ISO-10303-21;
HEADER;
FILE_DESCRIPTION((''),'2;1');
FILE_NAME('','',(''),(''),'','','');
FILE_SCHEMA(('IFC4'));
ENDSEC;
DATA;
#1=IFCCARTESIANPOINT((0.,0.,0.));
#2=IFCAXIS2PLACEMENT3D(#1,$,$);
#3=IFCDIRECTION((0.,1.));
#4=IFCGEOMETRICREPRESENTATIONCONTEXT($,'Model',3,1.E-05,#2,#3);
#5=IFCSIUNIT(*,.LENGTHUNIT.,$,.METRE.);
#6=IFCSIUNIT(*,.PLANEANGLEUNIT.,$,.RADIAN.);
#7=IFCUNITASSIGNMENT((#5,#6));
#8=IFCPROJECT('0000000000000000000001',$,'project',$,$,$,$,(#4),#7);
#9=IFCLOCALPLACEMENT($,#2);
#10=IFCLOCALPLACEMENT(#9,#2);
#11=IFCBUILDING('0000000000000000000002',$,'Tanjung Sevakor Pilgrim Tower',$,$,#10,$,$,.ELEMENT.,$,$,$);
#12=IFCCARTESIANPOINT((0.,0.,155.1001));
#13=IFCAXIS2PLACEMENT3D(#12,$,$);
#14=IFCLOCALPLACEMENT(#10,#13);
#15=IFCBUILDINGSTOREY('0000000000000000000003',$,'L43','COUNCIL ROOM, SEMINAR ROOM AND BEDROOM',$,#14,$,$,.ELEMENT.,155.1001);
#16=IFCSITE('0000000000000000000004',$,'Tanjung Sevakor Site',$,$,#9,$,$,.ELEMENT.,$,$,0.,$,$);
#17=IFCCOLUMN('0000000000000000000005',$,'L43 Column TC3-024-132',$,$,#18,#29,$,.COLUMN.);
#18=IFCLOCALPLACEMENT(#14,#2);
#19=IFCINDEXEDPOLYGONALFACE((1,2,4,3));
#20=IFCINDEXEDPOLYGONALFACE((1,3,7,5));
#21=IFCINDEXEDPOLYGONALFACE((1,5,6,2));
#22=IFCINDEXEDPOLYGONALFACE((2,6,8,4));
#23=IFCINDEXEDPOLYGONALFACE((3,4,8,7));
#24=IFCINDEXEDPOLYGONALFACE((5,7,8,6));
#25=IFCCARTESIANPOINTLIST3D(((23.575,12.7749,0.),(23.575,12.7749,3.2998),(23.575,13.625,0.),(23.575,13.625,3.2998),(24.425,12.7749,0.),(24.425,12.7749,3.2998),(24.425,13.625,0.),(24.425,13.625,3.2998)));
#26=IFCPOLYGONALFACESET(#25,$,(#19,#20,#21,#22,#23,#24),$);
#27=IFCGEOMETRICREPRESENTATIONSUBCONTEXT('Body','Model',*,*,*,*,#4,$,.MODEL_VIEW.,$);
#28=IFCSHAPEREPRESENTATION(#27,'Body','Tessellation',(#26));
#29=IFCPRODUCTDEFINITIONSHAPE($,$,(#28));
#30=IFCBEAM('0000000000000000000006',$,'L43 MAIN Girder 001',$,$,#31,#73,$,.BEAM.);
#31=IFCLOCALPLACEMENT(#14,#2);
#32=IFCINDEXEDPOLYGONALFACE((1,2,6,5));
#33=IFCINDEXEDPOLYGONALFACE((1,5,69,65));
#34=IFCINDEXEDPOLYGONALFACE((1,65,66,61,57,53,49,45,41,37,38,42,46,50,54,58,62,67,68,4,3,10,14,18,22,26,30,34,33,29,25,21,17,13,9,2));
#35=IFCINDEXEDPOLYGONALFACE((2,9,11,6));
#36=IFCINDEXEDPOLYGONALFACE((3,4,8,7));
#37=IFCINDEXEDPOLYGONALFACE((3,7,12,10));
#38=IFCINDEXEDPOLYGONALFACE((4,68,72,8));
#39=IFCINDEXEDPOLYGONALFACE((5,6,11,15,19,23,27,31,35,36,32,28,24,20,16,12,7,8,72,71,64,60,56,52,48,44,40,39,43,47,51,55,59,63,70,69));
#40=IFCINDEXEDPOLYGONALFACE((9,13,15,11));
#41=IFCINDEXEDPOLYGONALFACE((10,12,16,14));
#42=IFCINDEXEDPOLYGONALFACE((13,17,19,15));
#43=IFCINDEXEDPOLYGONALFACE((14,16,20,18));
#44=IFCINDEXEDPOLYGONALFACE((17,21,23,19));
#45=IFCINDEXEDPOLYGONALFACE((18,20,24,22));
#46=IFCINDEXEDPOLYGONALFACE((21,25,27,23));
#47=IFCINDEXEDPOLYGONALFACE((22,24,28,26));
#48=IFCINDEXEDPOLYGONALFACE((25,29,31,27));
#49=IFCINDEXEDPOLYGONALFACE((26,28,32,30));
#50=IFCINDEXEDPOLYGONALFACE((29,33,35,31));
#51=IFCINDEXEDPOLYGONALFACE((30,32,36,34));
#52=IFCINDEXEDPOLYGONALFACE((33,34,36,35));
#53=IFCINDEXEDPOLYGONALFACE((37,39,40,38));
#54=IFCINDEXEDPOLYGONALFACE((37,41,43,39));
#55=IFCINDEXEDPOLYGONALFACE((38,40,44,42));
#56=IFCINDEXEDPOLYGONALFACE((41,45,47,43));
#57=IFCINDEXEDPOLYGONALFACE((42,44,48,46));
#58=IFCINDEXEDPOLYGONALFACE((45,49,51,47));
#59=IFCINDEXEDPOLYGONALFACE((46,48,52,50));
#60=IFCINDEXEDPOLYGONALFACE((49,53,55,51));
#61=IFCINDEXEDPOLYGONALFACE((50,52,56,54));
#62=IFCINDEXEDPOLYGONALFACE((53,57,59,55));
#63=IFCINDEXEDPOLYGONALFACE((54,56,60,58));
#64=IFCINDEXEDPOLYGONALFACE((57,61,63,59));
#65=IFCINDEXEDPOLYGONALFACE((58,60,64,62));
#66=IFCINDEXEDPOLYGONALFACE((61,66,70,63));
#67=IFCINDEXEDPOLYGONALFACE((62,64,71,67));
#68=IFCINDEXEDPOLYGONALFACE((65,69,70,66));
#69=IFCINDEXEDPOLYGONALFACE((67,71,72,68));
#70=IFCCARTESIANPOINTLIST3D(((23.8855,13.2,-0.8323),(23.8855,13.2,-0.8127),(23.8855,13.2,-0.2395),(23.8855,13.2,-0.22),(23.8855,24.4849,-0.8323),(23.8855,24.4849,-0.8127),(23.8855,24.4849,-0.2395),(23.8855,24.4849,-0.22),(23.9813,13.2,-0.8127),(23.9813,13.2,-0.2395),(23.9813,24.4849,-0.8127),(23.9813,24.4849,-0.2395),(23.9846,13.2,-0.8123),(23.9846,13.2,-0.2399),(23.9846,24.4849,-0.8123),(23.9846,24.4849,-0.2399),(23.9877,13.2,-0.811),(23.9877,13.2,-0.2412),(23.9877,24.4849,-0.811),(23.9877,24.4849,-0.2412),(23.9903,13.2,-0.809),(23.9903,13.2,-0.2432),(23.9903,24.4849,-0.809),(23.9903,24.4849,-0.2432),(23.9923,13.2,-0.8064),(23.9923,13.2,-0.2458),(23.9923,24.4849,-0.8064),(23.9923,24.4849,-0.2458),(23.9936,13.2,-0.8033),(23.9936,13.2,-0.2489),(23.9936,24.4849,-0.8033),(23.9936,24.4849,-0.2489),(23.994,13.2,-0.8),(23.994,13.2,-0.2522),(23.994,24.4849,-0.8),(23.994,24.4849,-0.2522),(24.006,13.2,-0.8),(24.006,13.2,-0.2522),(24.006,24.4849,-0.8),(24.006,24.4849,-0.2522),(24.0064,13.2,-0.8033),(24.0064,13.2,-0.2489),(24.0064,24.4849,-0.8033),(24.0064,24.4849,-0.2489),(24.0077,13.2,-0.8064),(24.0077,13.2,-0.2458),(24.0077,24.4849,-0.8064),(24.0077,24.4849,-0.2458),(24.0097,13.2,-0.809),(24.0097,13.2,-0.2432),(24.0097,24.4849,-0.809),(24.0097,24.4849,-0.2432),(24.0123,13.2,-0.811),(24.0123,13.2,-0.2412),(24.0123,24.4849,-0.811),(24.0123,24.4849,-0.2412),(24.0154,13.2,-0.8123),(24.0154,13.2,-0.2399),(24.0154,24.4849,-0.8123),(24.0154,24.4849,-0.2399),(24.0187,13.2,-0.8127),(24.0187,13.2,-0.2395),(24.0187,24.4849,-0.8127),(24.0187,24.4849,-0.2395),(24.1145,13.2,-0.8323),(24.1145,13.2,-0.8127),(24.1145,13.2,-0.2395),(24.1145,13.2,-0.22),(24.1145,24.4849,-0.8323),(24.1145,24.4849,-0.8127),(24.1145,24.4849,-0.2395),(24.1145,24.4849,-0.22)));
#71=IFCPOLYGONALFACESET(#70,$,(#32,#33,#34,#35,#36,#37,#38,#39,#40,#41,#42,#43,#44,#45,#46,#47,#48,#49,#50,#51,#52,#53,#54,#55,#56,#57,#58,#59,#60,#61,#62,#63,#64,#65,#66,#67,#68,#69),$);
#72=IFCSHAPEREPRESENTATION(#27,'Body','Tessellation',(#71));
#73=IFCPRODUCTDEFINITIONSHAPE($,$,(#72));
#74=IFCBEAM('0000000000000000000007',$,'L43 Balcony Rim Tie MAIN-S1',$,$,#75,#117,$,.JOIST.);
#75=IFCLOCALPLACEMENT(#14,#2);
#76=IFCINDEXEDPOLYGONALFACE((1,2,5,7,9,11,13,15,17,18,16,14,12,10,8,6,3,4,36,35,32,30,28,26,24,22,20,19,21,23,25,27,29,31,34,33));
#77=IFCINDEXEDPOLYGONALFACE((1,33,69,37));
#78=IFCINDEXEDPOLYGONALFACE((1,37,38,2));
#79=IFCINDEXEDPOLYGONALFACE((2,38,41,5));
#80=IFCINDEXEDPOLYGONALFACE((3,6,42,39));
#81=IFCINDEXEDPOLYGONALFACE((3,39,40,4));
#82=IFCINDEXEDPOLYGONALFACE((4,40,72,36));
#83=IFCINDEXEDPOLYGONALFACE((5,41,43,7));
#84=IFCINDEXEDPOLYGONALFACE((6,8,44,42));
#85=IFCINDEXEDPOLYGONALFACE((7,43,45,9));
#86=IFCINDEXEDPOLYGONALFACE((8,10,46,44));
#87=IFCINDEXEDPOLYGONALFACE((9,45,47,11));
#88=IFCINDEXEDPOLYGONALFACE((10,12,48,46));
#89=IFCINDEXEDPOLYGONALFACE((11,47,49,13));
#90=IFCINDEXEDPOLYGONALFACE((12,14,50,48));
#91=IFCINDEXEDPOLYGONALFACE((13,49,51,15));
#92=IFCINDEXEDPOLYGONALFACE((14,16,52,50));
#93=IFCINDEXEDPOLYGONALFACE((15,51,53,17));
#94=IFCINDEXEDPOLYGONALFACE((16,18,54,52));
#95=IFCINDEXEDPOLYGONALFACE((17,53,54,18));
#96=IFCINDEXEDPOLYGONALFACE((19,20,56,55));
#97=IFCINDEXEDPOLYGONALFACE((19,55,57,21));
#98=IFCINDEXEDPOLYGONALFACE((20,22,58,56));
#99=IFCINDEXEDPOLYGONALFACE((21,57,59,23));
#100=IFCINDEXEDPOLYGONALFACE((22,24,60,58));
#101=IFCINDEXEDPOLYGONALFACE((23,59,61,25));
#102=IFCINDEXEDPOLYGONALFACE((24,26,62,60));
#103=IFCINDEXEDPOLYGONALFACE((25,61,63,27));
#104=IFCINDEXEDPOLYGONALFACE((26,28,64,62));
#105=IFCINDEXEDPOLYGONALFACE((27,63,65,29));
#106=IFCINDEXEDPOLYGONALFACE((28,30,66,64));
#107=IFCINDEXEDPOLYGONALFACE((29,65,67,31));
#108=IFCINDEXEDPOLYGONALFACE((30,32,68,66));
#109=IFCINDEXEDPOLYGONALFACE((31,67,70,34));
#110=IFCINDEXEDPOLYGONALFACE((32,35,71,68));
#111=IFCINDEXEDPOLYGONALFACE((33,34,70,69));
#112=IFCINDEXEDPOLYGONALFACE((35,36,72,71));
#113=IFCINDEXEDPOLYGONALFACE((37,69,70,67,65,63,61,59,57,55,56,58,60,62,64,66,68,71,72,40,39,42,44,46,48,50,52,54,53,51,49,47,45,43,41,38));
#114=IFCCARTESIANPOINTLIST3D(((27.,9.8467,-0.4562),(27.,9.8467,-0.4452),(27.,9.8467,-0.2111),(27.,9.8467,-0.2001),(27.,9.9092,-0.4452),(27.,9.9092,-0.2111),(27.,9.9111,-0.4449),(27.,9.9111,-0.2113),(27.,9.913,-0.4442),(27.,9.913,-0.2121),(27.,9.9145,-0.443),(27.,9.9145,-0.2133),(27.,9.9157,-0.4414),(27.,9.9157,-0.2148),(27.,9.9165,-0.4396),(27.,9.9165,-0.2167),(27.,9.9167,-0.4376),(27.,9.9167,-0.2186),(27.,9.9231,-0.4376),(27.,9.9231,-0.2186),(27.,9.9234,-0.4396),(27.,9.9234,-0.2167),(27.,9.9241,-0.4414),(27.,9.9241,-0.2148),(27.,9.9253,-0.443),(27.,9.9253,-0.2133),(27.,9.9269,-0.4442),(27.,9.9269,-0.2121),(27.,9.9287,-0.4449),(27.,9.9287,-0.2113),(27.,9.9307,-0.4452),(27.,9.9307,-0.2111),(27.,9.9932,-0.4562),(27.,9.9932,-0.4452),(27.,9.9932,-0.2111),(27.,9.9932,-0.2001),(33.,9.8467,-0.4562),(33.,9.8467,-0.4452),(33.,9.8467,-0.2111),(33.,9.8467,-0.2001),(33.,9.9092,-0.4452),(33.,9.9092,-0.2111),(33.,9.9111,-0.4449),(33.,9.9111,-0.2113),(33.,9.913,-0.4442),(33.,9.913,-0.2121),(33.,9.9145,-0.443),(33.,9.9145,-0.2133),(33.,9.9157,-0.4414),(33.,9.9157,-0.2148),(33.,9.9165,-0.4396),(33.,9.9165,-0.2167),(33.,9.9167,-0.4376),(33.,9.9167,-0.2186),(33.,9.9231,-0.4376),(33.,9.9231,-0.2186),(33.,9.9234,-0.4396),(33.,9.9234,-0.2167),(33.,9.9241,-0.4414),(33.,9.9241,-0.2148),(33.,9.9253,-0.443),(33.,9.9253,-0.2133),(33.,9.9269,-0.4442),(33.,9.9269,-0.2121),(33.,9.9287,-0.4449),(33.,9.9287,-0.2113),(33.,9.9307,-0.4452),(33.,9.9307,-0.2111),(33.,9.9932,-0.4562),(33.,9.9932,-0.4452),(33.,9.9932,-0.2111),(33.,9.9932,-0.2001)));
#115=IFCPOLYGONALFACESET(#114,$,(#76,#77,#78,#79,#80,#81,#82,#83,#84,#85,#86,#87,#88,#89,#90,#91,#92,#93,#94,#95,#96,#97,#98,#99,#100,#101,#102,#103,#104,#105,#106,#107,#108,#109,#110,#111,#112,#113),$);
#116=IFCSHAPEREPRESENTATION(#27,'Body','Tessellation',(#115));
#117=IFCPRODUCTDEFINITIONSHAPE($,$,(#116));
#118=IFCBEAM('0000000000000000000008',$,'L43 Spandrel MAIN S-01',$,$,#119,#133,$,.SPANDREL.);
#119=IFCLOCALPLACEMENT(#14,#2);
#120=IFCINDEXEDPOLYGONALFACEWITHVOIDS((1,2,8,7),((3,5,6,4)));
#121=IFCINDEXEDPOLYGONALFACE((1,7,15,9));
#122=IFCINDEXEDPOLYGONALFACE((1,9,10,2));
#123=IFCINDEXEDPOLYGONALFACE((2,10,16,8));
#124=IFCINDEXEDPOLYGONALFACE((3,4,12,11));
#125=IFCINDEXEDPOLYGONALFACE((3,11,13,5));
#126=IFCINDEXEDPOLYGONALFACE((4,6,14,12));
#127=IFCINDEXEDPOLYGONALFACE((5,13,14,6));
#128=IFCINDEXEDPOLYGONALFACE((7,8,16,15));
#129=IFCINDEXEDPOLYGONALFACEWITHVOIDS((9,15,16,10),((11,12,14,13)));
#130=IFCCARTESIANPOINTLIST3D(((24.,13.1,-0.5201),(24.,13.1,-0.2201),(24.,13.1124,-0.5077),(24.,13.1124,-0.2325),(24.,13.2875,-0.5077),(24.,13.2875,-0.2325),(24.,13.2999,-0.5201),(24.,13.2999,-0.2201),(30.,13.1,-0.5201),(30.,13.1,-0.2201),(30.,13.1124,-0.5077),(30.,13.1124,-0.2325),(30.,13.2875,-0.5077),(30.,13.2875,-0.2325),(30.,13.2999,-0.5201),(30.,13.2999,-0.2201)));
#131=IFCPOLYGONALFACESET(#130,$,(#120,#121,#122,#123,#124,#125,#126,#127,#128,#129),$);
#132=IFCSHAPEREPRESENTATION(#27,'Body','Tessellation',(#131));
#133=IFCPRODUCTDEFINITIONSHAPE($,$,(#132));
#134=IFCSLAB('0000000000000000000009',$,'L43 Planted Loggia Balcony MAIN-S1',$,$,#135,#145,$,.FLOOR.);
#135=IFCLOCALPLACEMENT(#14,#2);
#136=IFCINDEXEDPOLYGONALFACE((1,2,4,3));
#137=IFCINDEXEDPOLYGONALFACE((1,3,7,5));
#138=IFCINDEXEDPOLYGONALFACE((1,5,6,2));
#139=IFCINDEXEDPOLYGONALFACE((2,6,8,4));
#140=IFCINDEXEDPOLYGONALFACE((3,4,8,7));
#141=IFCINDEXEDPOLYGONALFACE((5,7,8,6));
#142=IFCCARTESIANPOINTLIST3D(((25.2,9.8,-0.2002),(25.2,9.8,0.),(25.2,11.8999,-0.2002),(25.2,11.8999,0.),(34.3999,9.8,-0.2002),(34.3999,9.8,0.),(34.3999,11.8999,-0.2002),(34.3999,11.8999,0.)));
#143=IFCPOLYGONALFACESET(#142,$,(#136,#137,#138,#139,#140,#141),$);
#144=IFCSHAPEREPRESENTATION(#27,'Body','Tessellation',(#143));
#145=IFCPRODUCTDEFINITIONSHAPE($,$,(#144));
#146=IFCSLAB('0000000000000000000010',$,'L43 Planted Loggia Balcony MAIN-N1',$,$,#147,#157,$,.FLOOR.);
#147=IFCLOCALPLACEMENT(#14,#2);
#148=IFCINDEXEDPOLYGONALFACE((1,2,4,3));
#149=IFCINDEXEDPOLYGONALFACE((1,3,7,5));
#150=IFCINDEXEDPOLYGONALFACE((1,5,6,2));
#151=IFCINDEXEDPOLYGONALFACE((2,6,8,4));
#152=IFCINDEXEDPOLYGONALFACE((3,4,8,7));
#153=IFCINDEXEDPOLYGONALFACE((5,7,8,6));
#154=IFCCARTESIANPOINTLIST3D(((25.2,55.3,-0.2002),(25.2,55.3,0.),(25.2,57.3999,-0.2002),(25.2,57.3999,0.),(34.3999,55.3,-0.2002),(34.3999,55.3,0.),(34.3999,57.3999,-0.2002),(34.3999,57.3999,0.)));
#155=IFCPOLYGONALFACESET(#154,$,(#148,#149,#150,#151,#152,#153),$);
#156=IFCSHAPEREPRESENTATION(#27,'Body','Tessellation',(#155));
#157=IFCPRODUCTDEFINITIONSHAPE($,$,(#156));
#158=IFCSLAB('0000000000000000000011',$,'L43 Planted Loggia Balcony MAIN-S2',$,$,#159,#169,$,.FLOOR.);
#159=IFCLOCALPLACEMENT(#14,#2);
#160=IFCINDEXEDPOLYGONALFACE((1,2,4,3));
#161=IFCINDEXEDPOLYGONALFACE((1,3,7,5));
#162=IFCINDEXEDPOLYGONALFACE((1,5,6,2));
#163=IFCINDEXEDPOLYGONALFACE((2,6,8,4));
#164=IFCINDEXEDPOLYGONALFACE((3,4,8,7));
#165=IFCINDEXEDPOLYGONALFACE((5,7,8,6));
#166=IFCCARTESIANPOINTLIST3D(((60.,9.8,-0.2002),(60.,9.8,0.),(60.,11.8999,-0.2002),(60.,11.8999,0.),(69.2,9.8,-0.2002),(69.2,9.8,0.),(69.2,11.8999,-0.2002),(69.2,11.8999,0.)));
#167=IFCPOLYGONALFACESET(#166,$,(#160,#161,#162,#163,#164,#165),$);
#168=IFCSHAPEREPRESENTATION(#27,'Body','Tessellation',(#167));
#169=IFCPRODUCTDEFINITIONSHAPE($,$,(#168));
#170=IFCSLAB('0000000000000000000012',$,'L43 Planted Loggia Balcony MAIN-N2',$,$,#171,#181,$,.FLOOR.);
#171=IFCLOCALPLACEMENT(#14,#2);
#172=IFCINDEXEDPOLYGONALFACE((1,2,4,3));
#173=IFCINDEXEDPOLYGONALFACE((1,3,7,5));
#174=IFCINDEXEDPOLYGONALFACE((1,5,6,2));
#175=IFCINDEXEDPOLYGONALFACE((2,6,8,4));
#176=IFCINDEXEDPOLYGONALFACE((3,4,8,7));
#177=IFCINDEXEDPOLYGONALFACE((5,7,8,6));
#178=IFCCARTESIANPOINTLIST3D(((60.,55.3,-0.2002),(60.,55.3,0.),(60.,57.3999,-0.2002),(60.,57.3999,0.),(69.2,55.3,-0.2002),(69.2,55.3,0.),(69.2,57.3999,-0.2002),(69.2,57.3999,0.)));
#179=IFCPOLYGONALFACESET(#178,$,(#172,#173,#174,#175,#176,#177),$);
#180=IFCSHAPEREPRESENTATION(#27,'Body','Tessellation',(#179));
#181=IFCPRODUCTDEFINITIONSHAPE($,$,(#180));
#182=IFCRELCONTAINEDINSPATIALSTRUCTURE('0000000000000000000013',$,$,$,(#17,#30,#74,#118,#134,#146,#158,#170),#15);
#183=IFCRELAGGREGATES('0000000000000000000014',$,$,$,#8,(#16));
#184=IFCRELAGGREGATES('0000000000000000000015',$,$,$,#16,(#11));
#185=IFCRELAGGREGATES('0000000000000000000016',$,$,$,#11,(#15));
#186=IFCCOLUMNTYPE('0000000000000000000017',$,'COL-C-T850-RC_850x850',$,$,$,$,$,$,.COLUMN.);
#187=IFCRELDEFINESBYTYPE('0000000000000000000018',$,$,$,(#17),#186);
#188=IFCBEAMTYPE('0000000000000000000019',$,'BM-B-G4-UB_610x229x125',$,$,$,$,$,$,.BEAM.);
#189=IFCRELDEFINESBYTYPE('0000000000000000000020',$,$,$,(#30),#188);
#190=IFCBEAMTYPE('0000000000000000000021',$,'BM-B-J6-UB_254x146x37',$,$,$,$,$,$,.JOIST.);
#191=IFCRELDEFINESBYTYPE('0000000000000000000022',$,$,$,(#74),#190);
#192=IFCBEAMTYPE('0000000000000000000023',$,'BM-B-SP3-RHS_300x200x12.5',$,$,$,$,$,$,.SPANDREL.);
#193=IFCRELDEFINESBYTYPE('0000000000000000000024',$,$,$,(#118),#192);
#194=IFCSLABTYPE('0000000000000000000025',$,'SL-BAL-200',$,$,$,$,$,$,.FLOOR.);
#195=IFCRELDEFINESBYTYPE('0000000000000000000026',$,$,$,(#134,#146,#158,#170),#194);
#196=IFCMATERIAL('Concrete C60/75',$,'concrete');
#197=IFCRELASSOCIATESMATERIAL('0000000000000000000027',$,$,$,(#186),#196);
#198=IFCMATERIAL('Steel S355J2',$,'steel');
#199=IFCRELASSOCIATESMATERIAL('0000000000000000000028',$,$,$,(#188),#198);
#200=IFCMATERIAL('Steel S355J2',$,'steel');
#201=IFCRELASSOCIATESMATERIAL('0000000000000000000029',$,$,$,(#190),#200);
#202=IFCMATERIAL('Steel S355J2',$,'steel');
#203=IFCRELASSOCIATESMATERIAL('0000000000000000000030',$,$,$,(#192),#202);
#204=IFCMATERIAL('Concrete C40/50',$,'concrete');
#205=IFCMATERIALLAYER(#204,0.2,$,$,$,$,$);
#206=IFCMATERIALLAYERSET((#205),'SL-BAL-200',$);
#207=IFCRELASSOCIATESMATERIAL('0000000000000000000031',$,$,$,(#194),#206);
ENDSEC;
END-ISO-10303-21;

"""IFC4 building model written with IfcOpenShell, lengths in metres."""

from ifc_helpers import new_model, si_unit, direction, frame, origin, origin_2d, place, context, subcontext, project, spatial, polyline, rectangle, hollow_rectangle, i_section, outline, extrude, material, layer, layer_set, material_profile, profile_set, type_object, element, save


model = new_model("IFC4")

# Units and contexts
model_context = context("Model", 3, precision=1e-05, world=origin(), true_north=direction((0.0, 1.0)))
body_context = subcontext(model_context, "Body", "Model", "MODEL_VIEW")
ifc_project = project(units=[si_unit("LENGTHUNIT", "METRE"), si_unit("PLANEANGLEUNIT", "RADIAN")], contexts=[model_context])

# Site, building, storey
site_placement = place(None, origin())
site = spatial("IfcSite", under=ifc_project, at=site_placement, Name="Tanjung Sevakor Site", CompositionType="ELEMENT", RefElevation=0.0)
building_placement = place(site_placement, origin())
building = spatial("IfcBuilding", under=site, at=building_placement, Name="Tanjung Sevakor Pilgrim Tower", CompositionType="ELEMENT")
storey_placement = place(building_placement, frame((0.0, 0.0, 155.1001)))
storey = spatial("IfcBuildingStorey", under=building, at=storey_placement, Name="L43", Description="COUNCIL ROOM, SEMINAR ROOM AND BEDROOM", CompositionType="ELEMENT", Elevation=155.1001)

# Column
ifc_material_1 = material(Name="Concrete C60/75", Category="concrete")
ifc_material_profile_1 = material_profile(ifc_material_1, rectangle(XDim=0.8501, YDim=0.8501, at=origin_2d()))
ifc_profile_set_1 = profile_set([ifc_material_profile_1], Name="Concrete C60/75")
column_type = type_object("IfcColumnType", Name="COL-C-T850-RC_850x850", PredefinedType="COLUMN", material=ifc_profile_set_1)
column_placement = place(storey_placement, frame((24.0, 13.2, 0.0), z_axis=(0.0, 0.0, 1.0), x_axis=(1.0, 0.0, 0.0)))
element("IfcColumn", 1, at=column_placement, inside=storey, type_object=column_type, Name="L43 Column TC3-024-132", PredefinedType="COLUMN", context=body_context, shape_type="SweptSolid", body=[
    extrude(rectangle(XDim=0.8501, YDim=0.8501, at=origin_2d()), origin(), (0.0, 0.0, 1.0), 3.2998),
])

# Beams
ifc_material_2 = material(Name="Steel S355J2", Category="steel")
ifc_material_profile_2 = material_profile(ifc_material_2, i_section(OverallWidth=0.229, OverallDepth=0.6123, WebThickness=0.012, FlangeThickness=0.0195, FilletRadius=0.0127, at=origin_2d()))
ifc_profile_set_2 = profile_set([ifc_material_profile_2], Name="Steel S355J2")
beam_type_1 = type_object("IfcBeamType", Name="BM-B-G4-UB_610x229x125", PredefinedType="BEAM", material=ifc_profile_set_2)
beam_1_placement = place(storey_placement, frame((24.0, 13.2, -0.5261), z_axis=(0.0, 1.0, 0.0), x_axis=(-1.0, 0.0, 0.0)))
element("IfcBeam", 2, at=beam_1_placement, inside=storey, type_object=beam_type_1, Name="L43 MAIN Girder 001", PredefinedType="BEAM", context=body_context, shape_type="SweptSolid", body=[
    extrude(i_section(OverallWidth=0.229, OverallDepth=0.6123, WebThickness=0.012, FlangeThickness=0.0195, FilletRadius=0.0127, at=origin_2d()), origin(), (0.0, 0.0, 1.0), 11.2849),
])
ifc_material_3 = material(Name="Steel S355J2", Category="steel")
ifc_material_profile_3 = material_profile(ifc_material_3, i_section(OverallWidth=0.1465, OverallDepth=0.2561, WebThickness=0.0063, FlangeThickness=0.011, FilletRadius=0.0076, at=origin_2d()))
ifc_profile_set_3 = profile_set([ifc_material_profile_3], Name="Steel S355J2")
beam_type_2 = type_object("IfcBeamType", Name="BM-B-J6-UB_254x146x37", PredefinedType="JOIST", material=ifc_profile_set_3)
beam_2_placement = place(storey_placement, frame((27.0, 9.9199, -0.3281), z_axis=(1.0, 0.0, 0.0), x_axis=(0.0, 1.0, 0.0)))
element("IfcBeam", 3, at=beam_2_placement, inside=storey, type_object=beam_type_2, Name="L43 Balcony Rim Tie MAIN-S1", PredefinedType="JOIST", context=body_context, shape_type="SweptSolid", body=[
    extrude(i_section(OverallWidth=0.1465, OverallDepth=0.2561, WebThickness=0.0063, FlangeThickness=0.011, FilletRadius=0.0076, at=origin_2d()), origin(), (0.0, 0.0, 1.0), 6.0),
])
ifc_material_4 = material(Name="Steel S355J2", Category="steel")
ifc_material_profile_4 = material_profile(ifc_material_4, hollow_rectangle(XDim=0.2, YDim=0.3, WallThickness=0.0125, at=origin_2d()))
ifc_profile_set_4 = profile_set([ifc_material_profile_4], Name="Steel S355J2")
beam_type_3 = type_object("IfcBeamType", Name="BM-B-SP3-RHS_300x200x12.5", PredefinedType="SPANDREL", material=ifc_profile_set_4)
beam_3_placement = place(storey_placement, frame((24.0, 13.2, -0.3701), z_axis=(1.0, 0.0, 0.0), x_axis=(0.0, 1.0, 0.0)))
element("IfcBeam", 4, at=beam_3_placement, inside=storey, type_object=beam_type_3, Name="L43 Spandrel MAIN S-01", PredefinedType="SPANDREL", context=body_context, shape_type="SweptSolid", body=[
    extrude(hollow_rectangle(XDim=0.2, YDim=0.3, WallThickness=0.0125, at=origin_2d()), origin(), (0.0, 0.0, 1.0), 6.0),
])

# Slabs
ifc_material_5 = material(Name="Concrete C40/50", Category="concrete")
ifc_layer_1 = layer(ifc_material_5, 0.2)
ifc_layer_set_1 = layer_set([ifc_layer_1], Name="SL-BAL-200")
slab_type_1 = type_object("IfcSlabType", Name="SL-BAL-200", PredefinedType="FLOOR", material=ifc_layer_set_1)
slab_1_placement = place(storey_placement, frame((0.0, 0.0, -0.2002)))
element("IfcSlab", 5, at=slab_1_placement, inside=storey, type_object=slab_type_1, Name="L43 Planted Loggia Balcony MAIN-S1", PredefinedType="FLOOR", context=body_context, shape_type="SweptSolid", body=[
    extrude(outline(polyline([(25.2, 9.8), (34.3999, 9.8), (34.3999, 11.8999), (25.2, 11.8999), (25.2, 9.8)])), origin(), (0.0, 0.0, 1.0), 0.2002),
])
slab_2_placement = place(storey_placement, frame((0.0, 0.0, -0.2002)))
element("IfcSlab", 6, at=slab_2_placement, inside=storey, type_object=slab_type_1, Name="L43 Planted Loggia Balcony MAIN-N1", PredefinedType="FLOOR", context=body_context, shape_type="SweptSolid", body=[
    extrude(outline(polyline([(25.2, 55.3), (34.3999, 55.3), (34.3999, 57.3999), (25.2, 57.3999), (25.2, 55.3)])), origin(), (0.0, 0.0, 1.0), 0.2002),
])
slab_3_placement = place(storey_placement, frame((0.0, 0.0, -0.2002)))
element("IfcSlab", 7, at=slab_3_placement, inside=storey, type_object=slab_type_1, Name="L43 Planted Loggia Balcony MAIN-S2", PredefinedType="FLOOR", context=body_context, shape_type="SweptSolid", body=[
    extrude(outline(polyline([(60.0, 9.8), (69.2, 9.8), (69.2, 11.8999), (60.0, 11.8999), (60.0, 9.8)])), origin(), (0.0, 0.0, 1.0), 0.2002),
])
slab_4_placement = place(storey_placement, frame((0.0, 0.0, -0.2002)))
element("IfcSlab", 8, at=slab_4_placement, inside=storey, type_object=slab_type_1, Name="L43 Planted Loggia Balcony MAIN-N2", PredefinedType="FLOOR", context=body_context, shape_type="SweptSolid", body=[
    extrude(outline(polyline([(60.0, 55.3), (69.2, 55.3), (69.2, 57.3999), (60.0, 57.3999), (60.0, 55.3)])), origin(), (0.0, 0.0, 1.0), 0.2002),
])

save(model, "model.ifc")
